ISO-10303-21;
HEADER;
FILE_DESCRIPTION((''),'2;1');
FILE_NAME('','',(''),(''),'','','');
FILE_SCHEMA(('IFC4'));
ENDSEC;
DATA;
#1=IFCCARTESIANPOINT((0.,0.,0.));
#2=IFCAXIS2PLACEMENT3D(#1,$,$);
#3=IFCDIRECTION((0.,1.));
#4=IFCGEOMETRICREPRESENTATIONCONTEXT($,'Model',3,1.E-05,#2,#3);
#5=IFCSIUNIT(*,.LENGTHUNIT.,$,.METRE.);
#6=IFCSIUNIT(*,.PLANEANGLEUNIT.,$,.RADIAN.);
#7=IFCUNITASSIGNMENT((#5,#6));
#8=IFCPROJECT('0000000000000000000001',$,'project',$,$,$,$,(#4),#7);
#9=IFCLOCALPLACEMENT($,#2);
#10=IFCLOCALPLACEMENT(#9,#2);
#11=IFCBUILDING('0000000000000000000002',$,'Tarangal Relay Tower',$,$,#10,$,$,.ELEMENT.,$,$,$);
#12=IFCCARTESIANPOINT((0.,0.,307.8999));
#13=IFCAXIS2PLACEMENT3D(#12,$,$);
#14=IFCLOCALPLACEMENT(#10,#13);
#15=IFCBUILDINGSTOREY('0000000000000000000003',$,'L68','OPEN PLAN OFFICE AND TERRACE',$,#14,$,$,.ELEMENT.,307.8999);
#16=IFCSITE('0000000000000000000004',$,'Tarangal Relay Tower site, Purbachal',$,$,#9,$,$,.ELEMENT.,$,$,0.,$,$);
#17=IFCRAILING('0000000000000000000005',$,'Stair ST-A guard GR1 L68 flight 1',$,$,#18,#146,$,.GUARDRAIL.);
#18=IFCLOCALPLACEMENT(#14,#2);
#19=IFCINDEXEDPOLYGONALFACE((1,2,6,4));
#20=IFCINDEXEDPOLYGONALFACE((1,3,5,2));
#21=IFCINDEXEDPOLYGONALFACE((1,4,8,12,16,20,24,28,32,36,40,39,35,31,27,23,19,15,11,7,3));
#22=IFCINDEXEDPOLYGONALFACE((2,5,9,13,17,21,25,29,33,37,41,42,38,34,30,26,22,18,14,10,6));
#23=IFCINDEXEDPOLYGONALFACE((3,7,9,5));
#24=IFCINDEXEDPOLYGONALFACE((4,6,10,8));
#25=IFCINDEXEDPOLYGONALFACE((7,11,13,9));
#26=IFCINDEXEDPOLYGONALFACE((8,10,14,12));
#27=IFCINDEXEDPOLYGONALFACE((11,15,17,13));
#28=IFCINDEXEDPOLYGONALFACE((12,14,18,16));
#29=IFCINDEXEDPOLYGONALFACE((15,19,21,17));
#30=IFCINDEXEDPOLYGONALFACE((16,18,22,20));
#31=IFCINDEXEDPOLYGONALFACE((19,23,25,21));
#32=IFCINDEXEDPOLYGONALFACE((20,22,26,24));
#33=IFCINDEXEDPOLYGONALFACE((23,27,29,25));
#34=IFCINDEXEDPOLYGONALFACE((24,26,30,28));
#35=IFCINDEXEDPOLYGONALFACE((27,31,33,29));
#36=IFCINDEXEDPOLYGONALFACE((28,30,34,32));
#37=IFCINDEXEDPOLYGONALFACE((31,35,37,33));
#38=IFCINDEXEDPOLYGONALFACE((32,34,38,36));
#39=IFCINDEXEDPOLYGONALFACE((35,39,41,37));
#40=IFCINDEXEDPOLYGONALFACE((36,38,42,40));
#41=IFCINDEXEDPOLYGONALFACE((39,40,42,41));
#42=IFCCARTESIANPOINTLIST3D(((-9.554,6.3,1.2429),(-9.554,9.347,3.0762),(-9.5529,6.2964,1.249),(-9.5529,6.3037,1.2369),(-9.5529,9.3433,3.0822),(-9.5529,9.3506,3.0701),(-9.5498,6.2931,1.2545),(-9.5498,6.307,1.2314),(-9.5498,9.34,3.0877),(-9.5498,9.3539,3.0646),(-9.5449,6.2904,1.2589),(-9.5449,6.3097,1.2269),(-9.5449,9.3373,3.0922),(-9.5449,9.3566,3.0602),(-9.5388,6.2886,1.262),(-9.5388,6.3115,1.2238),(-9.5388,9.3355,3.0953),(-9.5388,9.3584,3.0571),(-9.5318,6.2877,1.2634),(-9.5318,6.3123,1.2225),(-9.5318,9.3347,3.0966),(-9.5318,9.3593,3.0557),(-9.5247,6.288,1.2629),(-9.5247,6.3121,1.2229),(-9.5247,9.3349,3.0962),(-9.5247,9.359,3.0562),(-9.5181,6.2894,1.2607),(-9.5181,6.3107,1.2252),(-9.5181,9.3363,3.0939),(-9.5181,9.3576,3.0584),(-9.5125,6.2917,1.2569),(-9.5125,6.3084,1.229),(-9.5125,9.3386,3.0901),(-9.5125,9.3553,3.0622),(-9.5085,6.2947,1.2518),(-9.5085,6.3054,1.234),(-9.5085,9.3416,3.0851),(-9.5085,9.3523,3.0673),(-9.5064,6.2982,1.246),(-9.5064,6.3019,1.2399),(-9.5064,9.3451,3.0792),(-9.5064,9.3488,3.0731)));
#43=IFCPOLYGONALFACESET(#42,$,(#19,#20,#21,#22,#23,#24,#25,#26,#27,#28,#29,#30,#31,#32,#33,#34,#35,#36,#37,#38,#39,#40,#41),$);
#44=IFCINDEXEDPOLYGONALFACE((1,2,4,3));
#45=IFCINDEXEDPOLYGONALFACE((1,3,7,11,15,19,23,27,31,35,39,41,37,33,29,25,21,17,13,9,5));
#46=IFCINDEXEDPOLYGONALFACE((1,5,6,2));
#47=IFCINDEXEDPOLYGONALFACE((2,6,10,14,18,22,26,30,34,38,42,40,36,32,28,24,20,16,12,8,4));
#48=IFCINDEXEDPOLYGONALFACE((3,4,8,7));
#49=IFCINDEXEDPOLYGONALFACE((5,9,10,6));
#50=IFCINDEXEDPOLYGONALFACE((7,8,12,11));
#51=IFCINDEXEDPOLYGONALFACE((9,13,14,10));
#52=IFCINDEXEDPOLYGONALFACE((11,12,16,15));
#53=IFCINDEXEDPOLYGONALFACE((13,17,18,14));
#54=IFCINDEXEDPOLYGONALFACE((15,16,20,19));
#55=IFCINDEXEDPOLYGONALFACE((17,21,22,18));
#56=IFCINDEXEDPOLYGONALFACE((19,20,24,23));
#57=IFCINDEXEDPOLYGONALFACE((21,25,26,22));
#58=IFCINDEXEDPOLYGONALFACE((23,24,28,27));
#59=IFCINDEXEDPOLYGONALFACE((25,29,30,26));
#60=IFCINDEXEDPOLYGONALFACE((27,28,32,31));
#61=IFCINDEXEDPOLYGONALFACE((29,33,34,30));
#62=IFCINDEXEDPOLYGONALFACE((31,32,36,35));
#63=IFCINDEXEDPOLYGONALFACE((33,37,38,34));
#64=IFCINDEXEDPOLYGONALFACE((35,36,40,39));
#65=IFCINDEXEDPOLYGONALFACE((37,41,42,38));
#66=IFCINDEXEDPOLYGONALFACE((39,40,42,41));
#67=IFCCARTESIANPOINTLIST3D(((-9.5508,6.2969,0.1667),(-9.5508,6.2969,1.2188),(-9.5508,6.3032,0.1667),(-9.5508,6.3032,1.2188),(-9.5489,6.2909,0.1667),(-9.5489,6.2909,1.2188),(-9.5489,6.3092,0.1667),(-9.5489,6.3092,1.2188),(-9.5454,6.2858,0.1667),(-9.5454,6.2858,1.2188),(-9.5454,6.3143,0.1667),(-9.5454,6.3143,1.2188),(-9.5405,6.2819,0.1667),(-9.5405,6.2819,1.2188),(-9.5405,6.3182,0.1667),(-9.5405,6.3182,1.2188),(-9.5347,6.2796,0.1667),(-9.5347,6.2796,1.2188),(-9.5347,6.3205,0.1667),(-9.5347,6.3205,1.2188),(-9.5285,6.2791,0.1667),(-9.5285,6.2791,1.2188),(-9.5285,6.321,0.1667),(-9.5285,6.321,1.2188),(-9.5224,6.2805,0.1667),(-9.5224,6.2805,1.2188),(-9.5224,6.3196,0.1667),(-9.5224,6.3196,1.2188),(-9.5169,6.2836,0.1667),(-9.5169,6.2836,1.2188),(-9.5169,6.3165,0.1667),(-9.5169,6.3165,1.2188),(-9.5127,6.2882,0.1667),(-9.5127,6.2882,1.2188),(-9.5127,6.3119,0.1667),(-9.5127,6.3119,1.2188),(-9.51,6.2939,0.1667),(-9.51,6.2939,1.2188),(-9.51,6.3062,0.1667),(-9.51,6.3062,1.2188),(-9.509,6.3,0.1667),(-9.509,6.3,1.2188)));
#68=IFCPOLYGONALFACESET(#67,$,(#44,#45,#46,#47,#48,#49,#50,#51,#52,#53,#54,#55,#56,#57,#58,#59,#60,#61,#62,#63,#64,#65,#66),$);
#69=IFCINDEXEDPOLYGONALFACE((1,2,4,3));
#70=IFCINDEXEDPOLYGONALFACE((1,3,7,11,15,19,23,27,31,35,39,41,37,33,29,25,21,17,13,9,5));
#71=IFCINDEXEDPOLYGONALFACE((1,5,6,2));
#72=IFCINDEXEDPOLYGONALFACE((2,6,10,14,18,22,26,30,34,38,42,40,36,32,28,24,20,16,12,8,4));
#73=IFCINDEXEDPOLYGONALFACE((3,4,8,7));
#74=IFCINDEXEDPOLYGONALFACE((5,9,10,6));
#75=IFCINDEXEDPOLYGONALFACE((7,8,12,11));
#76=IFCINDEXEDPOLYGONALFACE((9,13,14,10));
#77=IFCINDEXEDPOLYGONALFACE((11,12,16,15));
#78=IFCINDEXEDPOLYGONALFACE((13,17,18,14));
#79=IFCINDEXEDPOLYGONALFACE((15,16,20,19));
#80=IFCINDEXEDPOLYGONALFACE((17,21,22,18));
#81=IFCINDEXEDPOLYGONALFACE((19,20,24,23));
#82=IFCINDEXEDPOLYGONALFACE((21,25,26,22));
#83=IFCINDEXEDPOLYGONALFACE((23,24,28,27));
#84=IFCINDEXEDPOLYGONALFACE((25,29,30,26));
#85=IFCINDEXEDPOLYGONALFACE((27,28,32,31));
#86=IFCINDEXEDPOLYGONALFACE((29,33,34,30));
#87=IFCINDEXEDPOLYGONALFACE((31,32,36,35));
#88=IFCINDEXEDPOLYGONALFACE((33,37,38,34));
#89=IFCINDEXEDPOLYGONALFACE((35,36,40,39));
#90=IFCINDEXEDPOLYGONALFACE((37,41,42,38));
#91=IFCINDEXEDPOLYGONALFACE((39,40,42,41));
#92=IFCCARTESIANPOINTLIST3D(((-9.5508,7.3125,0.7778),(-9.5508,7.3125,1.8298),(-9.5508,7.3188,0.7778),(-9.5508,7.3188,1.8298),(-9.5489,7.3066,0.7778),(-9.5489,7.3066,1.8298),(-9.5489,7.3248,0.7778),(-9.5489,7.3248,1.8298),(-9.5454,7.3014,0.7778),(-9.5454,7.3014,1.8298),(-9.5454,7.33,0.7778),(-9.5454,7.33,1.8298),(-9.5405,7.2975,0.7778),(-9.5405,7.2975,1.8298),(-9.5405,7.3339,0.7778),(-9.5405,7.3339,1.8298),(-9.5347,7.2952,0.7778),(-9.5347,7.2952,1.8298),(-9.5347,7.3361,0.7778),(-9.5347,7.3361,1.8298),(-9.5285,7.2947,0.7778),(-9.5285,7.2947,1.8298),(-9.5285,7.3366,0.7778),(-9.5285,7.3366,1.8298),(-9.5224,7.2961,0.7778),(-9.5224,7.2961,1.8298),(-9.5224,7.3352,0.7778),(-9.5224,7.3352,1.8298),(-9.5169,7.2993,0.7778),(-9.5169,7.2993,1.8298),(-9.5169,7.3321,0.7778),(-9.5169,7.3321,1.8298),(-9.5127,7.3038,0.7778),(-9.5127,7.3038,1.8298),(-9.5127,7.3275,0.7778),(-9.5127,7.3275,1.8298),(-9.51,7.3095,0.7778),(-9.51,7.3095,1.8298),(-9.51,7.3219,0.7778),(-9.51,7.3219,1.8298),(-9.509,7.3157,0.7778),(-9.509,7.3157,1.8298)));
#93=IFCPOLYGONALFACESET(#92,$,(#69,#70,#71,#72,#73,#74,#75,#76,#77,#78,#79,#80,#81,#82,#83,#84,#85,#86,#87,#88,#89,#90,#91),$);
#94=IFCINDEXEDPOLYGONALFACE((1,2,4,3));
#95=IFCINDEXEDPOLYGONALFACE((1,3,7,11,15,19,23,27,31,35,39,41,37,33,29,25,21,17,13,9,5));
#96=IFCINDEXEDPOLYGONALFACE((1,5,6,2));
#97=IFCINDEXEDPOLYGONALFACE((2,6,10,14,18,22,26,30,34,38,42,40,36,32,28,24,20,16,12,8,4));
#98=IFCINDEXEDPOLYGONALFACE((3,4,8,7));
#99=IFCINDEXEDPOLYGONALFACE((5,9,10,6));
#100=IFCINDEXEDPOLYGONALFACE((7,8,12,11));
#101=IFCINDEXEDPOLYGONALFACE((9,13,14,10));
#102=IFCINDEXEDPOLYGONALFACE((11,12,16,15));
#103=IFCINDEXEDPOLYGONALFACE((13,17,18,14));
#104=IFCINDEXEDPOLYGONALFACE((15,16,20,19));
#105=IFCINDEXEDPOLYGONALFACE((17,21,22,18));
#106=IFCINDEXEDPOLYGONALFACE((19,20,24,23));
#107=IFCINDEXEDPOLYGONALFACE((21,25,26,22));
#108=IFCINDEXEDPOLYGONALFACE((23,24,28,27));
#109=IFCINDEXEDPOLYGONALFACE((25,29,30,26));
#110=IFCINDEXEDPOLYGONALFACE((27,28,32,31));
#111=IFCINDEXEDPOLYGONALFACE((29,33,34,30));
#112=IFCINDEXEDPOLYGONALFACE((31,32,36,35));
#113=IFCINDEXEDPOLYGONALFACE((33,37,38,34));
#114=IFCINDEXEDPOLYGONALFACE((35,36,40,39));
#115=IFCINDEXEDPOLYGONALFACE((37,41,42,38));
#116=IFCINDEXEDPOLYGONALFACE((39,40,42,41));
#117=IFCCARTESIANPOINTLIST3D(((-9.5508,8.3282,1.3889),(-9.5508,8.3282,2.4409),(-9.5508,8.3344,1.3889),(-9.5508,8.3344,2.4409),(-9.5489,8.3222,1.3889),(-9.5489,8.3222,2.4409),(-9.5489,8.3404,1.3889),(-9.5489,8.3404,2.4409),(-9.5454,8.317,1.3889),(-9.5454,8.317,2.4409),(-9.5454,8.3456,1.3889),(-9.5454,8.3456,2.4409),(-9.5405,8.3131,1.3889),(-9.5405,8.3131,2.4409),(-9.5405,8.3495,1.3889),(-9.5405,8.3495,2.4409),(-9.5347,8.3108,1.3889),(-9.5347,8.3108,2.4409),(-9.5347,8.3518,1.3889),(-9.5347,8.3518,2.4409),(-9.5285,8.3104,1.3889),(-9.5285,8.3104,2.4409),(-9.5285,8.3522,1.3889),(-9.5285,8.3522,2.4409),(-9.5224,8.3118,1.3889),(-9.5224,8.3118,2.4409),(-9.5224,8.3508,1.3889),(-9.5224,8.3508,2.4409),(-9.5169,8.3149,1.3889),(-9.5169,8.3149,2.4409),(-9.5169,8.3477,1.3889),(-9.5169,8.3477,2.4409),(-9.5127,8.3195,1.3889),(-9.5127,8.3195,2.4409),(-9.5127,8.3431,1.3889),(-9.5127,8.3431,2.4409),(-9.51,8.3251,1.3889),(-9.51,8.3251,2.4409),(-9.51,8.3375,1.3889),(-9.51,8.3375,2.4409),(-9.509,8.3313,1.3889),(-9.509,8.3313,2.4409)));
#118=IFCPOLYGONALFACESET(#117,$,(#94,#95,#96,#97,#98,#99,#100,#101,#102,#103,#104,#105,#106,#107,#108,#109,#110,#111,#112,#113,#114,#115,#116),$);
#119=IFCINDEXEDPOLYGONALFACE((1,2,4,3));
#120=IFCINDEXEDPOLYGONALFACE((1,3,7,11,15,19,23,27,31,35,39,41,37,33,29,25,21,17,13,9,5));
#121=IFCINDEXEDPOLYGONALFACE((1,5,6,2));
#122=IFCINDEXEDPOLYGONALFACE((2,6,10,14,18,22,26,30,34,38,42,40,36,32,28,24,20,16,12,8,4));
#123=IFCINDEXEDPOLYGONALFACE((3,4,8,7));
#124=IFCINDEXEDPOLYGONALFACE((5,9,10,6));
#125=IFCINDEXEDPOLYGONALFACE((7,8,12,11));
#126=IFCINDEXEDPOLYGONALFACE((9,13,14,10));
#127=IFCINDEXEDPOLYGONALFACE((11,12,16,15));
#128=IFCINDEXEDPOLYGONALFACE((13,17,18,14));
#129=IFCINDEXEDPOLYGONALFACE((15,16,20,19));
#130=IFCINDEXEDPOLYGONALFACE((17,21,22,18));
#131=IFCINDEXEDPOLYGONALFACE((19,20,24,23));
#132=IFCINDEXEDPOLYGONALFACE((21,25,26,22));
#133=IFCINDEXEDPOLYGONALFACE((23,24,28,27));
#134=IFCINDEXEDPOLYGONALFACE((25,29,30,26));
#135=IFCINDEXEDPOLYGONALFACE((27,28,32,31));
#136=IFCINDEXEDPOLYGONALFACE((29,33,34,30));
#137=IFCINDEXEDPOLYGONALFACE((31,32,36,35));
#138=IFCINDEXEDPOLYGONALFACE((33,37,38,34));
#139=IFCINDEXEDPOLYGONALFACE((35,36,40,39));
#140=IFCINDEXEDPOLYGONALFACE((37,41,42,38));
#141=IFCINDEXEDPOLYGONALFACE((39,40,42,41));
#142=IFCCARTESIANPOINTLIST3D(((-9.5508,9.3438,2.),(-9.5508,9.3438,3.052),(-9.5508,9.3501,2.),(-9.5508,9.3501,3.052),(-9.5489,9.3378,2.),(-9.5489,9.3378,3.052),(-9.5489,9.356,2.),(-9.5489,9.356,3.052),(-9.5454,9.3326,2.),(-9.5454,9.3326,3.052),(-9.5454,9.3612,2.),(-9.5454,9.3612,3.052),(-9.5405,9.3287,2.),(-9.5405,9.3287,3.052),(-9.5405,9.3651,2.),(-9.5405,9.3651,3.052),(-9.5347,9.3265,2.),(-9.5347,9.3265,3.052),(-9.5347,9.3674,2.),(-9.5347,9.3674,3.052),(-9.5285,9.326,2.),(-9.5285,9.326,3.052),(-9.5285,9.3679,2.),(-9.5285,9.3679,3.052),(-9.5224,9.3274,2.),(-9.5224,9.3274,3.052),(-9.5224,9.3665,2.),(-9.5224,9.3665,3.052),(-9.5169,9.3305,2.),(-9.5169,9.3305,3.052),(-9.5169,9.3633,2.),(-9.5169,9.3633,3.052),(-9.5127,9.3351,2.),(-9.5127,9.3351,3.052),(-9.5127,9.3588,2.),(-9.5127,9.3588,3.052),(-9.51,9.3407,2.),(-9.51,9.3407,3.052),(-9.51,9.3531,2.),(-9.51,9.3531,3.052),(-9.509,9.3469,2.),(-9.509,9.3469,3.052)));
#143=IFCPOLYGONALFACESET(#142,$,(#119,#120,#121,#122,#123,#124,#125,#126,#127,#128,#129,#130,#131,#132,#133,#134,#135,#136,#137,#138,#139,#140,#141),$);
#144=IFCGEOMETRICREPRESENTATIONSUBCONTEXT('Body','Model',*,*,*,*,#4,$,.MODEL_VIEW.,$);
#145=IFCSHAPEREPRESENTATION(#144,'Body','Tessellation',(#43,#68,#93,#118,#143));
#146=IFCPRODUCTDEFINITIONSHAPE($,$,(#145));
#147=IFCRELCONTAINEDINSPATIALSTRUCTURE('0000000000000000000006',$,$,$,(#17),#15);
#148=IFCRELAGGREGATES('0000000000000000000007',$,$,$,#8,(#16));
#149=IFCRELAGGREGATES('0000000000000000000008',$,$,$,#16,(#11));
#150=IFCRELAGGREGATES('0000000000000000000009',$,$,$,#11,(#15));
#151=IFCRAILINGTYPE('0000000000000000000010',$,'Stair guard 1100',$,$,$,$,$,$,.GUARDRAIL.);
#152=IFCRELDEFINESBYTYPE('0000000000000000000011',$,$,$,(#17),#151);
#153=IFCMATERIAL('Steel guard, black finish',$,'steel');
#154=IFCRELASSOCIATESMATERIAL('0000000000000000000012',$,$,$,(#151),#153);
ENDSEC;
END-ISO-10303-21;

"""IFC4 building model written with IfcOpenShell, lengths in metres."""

from ifc_helpers import new_model, si_unit, direction, frame, origin, origin_2d, place, context, subcontext, project, spatial, circle, extrude, material, type_object, element, save


model = new_model("IFC4")

# Units and contexts
model_context = context("Model", 3, precision=1e-05, world=origin(), true_north=direction((0.0, 1.0)))
body_context = subcontext(model_context, "Body", "Model", "MODEL_VIEW")
ifc_project = project(units=[si_unit("LENGTHUNIT", "METRE"), si_unit("PLANEANGLEUNIT", "RADIAN")], contexts=[model_context])

# Site, building, storey
site_placement = place(None, origin())
site = spatial("IfcSite", under=ifc_project, at=site_placement, Name="Tarangal Relay Tower site, Purbachal", CompositionType="ELEMENT", RefElevation=0.0)
building_placement = place(site_placement, origin())
building = spatial("IfcBuilding", under=site, at=building_placement, Name="Tarangal Relay Tower", CompositionType="ELEMENT")
storey_placement = place(building_placement, frame((0.0, 0.0, 307.8999)))
storey = spatial("IfcBuildingStorey", under=building, at=storey_placement, Name="L68", Description="OPEN PLAN OFFICE AND TERRACE", CompositionType="ELEMENT", Elevation=307.8999)

# Railing
ifc_material_1 = material(Name="Steel guard, black finish", Category="steel")
railing_type_1 = type_object("IfcRailingType", Name="Stair guard 1100", PredefinedType="GUARDRAIL", material=ifc_material_1)
railing_1_placement = place(storey_placement, frame((-9.53, 6.3, 0.1667)))
element("IfcRailing", 1, at=railing_1_placement, inside=storey, type_object=railing_type_1, Name="Stair ST-A guard GR1 L68 flight 1", PredefinedType="GUARDRAIL", context=body_context, shape_type="SweptSolid", body=[
    extrude(circle(Radius=0.0239, at=origin_2d()), frame((0.0, 0.0, 1.0762), z_axis=(0.0, 0.856856, 0.515556), x_axis=(-1.0, 0.0, 0.0)), (0.0, 0.0, 1.0), 3.5559),
    extrude(circle(Radius=0.021, at=origin_2d()), origin(), (0.0, 0.0, 1.0), 1.052),
    extrude(circle(Radius=0.021, at=origin_2d()), frame((0.0, 1.0156, 0.6111)), (0.0, 0.0, 1.0), 1.052),
    extrude(circle(Radius=0.021, at=origin_2d()), frame((0.0, 2.0312, 1.2222)), (0.0, 0.0, 1.0), 1.052),
    extrude(circle(Radius=0.021, at=origin_2d()), frame((0.0, 3.0469, 1.8333)), (0.0, 0.0, 1.0), 1.052),
])

save(model, "model.ifc")
